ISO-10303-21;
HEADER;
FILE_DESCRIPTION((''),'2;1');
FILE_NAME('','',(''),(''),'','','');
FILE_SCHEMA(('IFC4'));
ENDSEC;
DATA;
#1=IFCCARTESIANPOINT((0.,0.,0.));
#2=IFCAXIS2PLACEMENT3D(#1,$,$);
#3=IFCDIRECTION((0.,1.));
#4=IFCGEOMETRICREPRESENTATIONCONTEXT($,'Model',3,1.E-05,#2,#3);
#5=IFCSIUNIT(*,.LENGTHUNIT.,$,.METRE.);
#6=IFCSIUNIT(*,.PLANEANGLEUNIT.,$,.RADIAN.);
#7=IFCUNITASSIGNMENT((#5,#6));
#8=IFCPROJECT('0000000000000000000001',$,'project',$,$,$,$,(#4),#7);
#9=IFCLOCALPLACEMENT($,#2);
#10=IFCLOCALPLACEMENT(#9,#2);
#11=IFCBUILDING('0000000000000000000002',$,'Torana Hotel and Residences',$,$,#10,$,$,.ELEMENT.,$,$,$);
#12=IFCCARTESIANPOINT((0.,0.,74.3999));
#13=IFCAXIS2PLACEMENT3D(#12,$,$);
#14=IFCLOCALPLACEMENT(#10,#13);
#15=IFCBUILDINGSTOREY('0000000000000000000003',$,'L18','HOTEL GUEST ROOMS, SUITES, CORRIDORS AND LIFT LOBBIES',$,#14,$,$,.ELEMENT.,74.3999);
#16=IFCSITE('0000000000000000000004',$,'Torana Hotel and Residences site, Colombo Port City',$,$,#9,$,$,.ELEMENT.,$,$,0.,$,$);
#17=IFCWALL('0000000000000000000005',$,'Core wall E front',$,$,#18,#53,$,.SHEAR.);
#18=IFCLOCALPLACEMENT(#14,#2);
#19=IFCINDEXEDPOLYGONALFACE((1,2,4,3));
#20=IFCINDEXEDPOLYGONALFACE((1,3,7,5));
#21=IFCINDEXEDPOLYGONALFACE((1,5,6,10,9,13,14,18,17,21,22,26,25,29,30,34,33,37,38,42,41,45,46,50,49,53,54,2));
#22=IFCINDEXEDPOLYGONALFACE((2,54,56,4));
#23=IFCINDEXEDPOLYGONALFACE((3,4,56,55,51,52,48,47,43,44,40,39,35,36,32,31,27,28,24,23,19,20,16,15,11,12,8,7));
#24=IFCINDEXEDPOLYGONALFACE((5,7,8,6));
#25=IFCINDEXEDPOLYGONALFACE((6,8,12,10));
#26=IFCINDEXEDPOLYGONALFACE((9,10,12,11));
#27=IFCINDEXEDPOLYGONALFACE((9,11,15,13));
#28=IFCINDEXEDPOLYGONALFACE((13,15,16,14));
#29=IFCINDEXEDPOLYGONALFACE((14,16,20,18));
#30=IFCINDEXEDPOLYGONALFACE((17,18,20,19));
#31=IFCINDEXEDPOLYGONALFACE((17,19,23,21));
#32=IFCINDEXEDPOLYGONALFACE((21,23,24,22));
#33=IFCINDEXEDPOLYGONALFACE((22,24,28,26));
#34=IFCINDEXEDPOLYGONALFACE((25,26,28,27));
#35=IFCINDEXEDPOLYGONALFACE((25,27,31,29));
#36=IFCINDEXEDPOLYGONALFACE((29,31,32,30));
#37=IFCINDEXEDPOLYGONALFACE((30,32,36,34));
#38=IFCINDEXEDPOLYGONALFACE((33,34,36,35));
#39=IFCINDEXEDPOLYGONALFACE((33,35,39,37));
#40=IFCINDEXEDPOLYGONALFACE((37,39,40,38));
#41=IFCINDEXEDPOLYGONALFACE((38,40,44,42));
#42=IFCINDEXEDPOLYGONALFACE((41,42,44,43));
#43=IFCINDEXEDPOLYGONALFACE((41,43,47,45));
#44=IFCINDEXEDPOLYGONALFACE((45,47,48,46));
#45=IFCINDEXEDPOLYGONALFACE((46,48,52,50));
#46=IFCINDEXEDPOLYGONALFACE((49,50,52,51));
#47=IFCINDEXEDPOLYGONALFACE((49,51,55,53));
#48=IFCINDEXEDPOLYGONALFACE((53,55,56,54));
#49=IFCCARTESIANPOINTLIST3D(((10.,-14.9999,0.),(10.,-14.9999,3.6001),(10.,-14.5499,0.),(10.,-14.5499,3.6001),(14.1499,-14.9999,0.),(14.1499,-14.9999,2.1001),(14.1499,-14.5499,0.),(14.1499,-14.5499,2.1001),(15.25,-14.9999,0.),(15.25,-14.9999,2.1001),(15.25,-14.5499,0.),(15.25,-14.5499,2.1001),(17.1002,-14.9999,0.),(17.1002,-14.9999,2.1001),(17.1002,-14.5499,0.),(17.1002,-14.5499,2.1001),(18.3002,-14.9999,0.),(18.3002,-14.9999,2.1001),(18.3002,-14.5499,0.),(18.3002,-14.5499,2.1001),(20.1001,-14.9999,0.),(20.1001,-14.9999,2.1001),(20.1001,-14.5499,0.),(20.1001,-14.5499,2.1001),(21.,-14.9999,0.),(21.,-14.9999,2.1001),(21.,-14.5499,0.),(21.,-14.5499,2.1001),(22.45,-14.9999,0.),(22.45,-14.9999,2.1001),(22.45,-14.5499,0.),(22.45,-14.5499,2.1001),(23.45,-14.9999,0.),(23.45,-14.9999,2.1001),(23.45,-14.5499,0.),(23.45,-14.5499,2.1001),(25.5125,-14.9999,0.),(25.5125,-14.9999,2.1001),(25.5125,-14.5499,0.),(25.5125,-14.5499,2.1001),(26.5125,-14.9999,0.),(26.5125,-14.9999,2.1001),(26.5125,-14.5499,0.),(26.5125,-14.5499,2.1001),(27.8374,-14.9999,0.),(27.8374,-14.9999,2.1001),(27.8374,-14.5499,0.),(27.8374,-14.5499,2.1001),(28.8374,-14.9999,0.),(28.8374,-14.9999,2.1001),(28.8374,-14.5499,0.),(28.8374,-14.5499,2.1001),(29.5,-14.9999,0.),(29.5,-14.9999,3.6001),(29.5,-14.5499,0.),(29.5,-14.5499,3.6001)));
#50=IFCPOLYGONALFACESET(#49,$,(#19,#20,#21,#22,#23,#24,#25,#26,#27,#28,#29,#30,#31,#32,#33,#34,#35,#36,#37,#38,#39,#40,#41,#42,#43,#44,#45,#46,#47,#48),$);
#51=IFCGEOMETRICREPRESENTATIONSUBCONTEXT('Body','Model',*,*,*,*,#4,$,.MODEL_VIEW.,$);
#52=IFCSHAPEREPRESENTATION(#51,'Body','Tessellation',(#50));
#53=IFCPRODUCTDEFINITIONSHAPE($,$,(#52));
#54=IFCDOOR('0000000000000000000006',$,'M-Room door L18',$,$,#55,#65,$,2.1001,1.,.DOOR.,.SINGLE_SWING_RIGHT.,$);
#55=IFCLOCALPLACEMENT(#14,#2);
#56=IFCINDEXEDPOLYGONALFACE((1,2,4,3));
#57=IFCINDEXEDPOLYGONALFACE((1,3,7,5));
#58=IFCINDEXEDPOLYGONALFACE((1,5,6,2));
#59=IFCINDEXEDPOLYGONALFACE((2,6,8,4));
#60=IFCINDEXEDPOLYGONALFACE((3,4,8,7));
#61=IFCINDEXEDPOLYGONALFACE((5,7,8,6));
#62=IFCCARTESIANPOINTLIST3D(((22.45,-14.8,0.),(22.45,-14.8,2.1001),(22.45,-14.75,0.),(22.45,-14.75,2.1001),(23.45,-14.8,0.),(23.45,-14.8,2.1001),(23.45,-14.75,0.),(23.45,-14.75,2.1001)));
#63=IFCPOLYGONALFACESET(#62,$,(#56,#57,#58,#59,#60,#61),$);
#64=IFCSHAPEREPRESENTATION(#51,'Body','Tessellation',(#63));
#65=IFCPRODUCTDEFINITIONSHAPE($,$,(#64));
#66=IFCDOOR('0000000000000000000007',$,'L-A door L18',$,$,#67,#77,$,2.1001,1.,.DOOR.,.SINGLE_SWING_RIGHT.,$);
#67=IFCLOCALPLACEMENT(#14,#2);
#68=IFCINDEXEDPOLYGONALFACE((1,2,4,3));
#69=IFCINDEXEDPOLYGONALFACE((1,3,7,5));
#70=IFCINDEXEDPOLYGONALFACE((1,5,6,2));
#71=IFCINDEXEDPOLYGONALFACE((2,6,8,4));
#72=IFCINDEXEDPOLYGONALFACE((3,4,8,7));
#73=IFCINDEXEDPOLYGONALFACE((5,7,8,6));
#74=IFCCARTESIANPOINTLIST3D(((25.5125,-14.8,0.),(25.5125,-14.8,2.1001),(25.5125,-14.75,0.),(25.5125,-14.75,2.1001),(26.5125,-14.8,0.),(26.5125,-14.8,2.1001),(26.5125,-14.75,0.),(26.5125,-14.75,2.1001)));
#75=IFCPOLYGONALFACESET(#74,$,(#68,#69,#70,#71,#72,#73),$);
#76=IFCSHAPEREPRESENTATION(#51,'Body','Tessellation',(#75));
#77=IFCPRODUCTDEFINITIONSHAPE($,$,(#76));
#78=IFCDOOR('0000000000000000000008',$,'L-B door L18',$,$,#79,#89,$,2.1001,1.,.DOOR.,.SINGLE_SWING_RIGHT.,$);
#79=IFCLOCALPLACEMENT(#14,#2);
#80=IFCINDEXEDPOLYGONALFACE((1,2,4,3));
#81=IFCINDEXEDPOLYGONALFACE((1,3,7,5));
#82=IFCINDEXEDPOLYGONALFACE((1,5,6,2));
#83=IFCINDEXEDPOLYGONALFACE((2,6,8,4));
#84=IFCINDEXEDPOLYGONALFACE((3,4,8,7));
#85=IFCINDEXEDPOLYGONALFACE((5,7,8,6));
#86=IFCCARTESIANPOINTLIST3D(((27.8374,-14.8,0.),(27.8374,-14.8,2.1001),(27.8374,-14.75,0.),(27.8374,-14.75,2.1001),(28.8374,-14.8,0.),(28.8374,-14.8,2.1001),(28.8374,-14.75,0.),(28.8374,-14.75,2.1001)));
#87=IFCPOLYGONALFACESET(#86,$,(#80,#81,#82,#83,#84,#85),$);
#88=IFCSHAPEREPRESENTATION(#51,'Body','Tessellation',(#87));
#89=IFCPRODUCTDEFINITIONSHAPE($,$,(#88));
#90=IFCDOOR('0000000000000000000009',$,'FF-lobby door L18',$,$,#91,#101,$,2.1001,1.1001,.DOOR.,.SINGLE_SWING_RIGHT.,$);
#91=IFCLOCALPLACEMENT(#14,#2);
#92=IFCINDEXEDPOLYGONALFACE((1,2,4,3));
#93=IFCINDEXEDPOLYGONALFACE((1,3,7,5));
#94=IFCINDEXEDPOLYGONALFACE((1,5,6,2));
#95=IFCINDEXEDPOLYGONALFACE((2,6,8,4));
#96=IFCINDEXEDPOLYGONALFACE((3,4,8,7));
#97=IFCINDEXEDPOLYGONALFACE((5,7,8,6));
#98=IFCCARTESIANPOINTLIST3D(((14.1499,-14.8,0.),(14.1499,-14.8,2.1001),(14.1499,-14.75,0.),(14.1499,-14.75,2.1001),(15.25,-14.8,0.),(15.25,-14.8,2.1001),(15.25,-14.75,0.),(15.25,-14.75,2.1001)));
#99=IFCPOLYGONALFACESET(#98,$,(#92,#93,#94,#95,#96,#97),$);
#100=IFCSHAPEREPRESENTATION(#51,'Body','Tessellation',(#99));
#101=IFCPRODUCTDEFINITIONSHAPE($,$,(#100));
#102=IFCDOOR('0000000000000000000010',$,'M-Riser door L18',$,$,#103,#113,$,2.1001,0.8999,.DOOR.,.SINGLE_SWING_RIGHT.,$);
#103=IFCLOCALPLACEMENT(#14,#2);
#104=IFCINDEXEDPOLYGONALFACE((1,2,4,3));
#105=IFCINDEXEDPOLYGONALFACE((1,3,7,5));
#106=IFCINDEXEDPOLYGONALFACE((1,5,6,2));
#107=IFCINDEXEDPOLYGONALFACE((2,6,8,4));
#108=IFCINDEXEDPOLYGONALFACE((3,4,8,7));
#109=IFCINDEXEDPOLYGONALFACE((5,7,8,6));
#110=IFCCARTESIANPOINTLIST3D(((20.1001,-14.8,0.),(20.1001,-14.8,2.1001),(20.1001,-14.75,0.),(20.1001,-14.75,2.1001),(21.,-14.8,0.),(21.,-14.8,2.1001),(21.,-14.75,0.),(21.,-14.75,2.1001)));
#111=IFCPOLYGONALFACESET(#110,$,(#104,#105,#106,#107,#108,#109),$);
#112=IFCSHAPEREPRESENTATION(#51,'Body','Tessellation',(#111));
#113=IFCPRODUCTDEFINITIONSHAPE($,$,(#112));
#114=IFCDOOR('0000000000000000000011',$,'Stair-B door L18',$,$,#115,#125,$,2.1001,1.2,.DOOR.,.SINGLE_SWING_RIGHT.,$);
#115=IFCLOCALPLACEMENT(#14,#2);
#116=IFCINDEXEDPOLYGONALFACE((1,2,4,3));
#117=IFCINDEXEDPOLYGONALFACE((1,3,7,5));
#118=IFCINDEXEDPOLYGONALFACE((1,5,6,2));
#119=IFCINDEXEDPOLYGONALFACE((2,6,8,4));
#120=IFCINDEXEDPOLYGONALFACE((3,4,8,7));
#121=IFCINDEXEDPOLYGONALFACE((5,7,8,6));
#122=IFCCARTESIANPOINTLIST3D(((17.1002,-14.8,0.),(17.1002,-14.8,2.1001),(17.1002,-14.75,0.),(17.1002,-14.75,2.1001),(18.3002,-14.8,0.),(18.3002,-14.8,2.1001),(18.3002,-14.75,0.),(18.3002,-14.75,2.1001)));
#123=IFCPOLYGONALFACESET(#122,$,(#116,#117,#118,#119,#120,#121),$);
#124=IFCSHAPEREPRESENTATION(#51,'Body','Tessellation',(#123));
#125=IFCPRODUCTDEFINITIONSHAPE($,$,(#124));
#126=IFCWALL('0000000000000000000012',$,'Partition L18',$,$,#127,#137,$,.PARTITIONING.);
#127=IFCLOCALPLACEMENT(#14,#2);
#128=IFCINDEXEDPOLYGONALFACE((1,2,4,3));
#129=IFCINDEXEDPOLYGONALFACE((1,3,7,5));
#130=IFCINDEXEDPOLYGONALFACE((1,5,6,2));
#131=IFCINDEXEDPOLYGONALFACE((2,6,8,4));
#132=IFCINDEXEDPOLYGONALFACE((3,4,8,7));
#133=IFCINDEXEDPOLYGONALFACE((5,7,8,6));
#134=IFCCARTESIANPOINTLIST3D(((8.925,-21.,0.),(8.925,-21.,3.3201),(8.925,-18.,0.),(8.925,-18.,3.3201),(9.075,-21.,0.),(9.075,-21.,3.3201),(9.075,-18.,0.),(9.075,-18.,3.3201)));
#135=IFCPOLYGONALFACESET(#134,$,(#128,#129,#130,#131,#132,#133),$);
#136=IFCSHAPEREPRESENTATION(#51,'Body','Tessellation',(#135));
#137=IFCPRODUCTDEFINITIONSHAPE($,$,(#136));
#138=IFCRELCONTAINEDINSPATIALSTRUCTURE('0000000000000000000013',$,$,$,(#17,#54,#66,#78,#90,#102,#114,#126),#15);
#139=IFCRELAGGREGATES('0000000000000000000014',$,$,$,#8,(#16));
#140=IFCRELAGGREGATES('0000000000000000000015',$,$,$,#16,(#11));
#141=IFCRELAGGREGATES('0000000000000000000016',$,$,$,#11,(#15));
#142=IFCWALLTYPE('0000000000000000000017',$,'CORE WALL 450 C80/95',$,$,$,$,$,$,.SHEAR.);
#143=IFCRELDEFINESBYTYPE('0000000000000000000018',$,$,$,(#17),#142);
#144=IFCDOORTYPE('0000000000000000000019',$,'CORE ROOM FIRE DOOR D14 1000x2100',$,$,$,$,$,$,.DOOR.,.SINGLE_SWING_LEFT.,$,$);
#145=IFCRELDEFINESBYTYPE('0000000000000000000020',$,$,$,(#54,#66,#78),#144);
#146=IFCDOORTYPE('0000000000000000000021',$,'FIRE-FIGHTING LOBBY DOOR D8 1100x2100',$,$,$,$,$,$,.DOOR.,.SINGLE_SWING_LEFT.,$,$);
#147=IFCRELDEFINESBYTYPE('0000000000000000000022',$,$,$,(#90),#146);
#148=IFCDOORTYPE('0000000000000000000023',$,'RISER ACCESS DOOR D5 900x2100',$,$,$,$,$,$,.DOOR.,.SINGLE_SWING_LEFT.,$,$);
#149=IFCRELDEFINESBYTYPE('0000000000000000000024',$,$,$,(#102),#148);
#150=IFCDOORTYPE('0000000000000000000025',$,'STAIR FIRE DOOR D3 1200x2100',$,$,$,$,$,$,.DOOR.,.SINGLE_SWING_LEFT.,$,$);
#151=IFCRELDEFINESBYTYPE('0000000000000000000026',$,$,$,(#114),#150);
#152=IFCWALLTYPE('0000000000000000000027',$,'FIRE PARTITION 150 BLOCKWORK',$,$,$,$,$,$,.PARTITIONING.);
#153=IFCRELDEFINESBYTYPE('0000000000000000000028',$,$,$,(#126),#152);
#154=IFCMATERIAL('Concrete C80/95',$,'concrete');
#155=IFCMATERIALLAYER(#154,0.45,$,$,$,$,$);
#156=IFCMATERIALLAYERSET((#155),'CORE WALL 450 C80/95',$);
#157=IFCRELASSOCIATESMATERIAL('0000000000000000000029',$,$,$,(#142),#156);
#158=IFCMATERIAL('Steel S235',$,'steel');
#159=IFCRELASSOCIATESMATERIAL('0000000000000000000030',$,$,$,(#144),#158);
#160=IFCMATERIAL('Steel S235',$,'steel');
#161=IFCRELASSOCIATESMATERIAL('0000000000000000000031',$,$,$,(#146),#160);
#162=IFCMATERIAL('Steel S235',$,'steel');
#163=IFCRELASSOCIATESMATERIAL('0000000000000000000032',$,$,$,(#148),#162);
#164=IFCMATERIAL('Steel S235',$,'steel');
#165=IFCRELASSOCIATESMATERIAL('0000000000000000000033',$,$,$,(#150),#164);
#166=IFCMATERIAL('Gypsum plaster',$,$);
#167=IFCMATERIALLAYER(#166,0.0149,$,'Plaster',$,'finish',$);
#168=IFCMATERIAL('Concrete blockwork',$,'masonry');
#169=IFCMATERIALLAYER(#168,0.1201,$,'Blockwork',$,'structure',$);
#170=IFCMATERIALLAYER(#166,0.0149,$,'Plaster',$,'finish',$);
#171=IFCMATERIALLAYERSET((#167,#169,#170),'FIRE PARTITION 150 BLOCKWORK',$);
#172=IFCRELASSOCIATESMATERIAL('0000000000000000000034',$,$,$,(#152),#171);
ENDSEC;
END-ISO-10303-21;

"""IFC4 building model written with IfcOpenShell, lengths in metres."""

from ifc_helpers import new_model, si_unit, direction, frame, frame_2d, origin, place, context, subcontext, project, spatial, rectangle, extrude, material, layer, layer_set, type_object, element, fill, save


model = new_model("IFC4")

# Units and contexts
model_context = context("Model", 3, precision=1e-05, world=origin(), true_north=direction((0.0, 1.0)))
body_context = subcontext(model_context, "Body", "Model", "MODEL_VIEW")
ifc_project = project(units=[si_unit("LENGTHUNIT", "METRE"), si_unit("PLANEANGLEUNIT", "RADIAN")], contexts=[model_context])

# Site, building, storey
site_placement = place(None, origin())
site = spatial("IfcSite", under=ifc_project, at=site_placement, Name="Torana Hotel and Residences site, Colombo Port City", CompositionType="ELEMENT", RefElevation=0.0)
building_placement = place(site_placement, origin())
building = spatial("IfcBuilding", under=site, at=building_placement, Name="Torana Hotel and Residences", CompositionType="ELEMENT")
storey_placement = place(building_placement, frame((0.0, 0.0, 74.3999)))
storey = spatial("IfcBuildingStorey", under=building, at=storey_placement, Name="L18", Description="HOTEL GUEST ROOMS, SUITES, CORRIDORS AND LIFT LOBBIES", CompositionType="ELEMENT", Elevation=74.3999)

# Wall, openings, doors
ifc_material_1 = material(Name="Concrete C80/95", Category="concrete")
ifc_layer_1 = layer(ifc_material_1, 0.45)
ifc_layer_set_1 = layer_set([ifc_layer_1], Name="CORE WALL 450 C80/95")
wall_type_1 = type_object("IfcWallType", Name="CORE WALL 450 C80/95", PredefinedType="SHEAR", material=ifc_layer_set_1)
wall_1_placement = place(storey_placement, frame((10.0, -14.7749, 0.0), z_axis=(0.0, 0.0, 1.0), x_axis=(1.0, 0.0, 0.0)))
wall_1 = element("IfcWall", 1, at=wall_1_placement, inside=storey, type_object=wall_type_1, Name="Core wall E front", PredefinedType="SHEAR", context=body_context, shape_type="SweptSolid", body=[
    extrude(rectangle(XDim=19.5, YDim=0.45, at=frame_2d((9.75, 0.0))), origin(), (0.0, 0.0, 1.0), 3.6001),
])
opening_1_placement = place(wall_1_placement, frame((7.1001, 0.0, 0.0)))
opening_1 = element("IfcOpeningElement", 2, at=opening_1_placement, cuts=wall_1, PredefinedType="OPENING", context=body_context, shape_type="SweptSolid", body=[
    extrude(rectangle(XDim=1.2, YDim=2.1001, at=frame_2d((0.6001, 1.05))), frame((0.0, 0.2349, 0.0), z_axis=(0.0, -1.0, 0.0), x_axis=(1.0, 0.0, 0.0)), (0.0, 0.0, 1.0), 0.47),
])
opening_2_placement = place(wall_1_placement, frame((4.1499, 0.0, 0.0)))
opening_2 = element("IfcOpeningElement", 3, at=opening_2_placement, cuts=wall_1, PredefinedType="OPENING", context=body_context, shape_type="SweptSolid", body=[
    extrude(rectangle(XDim=1.1001, YDim=2.1001, at=frame_2d((0.55, 1.05))), frame((0.0, 0.2349, 0.0), z_axis=(0.0, -1.0, 0.0), x_axis=(1.0, 0.0, 0.0)), (0.0, 0.0, 1.0), 0.47),
])
opening_3_placement = place(wall_1_placement, frame((10.1001, 0.0, 0.0)))
opening_3 = element("IfcOpeningElement", 4, at=opening_3_placement, cuts=wall_1, PredefinedType="OPENING", context=body_context, shape_type="SweptSolid", body=[
    extrude(rectangle(XDim=0.8999, YDim=2.1001, at=frame_2d((0.45, 1.05))), frame((0.0, 0.2349, 0.0), z_axis=(0.0, -1.0, 0.0), x_axis=(1.0, 0.0, 0.0)), (0.0, 0.0, 1.0), 0.47),
])
opening_4_placement = place(wall_1_placement, frame((12.45, 0.0, 0.0)))
opening_4 = element("IfcOpeningElement", 5, at=opening_4_placement, cuts=wall_1, PredefinedType="OPENING", context=body_context, shape_type="SweptSolid", body=[
    extrude(rectangle(XDim=1.0, YDim=2.1001, at=frame_2d((0.5, 1.05))), frame((0.0, 0.2349, 0.0), z_axis=(0.0, -1.0, 0.0), x_axis=(1.0, 0.0, 0.0)), (0.0, 0.0, 1.0), 0.47),
])
opening_5_placement = place(wall_1_placement, frame((15.5125, 0.0, 0.0)))
opening_5 = element("IfcOpeningElement", 6, at=opening_5_placement, cuts=wall_1, PredefinedType="OPENING", context=body_context, shape_type="SweptSolid", body=[
    extrude(rectangle(XDim=1.0, YDim=2.1001, at=frame_2d((0.5, 1.05))), frame((0.0, 0.2349, 0.0), z_axis=(0.0, -1.0, 0.0), x_axis=(1.0, 0.0, 0.0)), (0.0, 0.0, 1.0), 0.47),
])
opening_6_placement = place(wall_1_placement, frame((17.8374, 0.0, 0.0)))
opening_6 = element("IfcOpeningElement", 7, at=opening_6_placement, cuts=wall_1, PredefinedType="OPENING", context=body_context, shape_type="SweptSolid", body=[
    extrude(rectangle(XDim=1.0, YDim=2.1001, at=frame_2d((0.5, 1.05))), frame((0.0, 0.2349, 0.0), z_axis=(0.0, -1.0, 0.0), x_axis=(1.0, 0.0, 0.0)), (0.0, 0.0, 1.0), 0.47),
])
ifc_material_2 = material(Name="Steel S235", Category="steel")
door_type_1 = type_object("IfcDoorType", Name="CORE ROOM FIRE DOOR D14 1000x2100", OperationType="SINGLE_SWING_LEFT", PredefinedType="DOOR", material=ifc_material_2)
door_1_placement = place(opening_4_placement, origin())
door_1 = element("IfcDoor", 8, at=door_1_placement, inside=storey, type_object=door_type_1, Name="M-Room door L18", OperationType="SINGLE_SWING_RIGHT", OverallHeight=2.1001, OverallWidth=1.0, PredefinedType="DOOR", context=body_context, shape_type="SweptSolid", body=[
    extrude(rectangle(XDim=1.0, YDim=2.1001, at=frame_2d((0.5, 1.05))), frame((0.0, 0.0249, 0.0), z_axis=(0.0, -1.0, 0.0), x_axis=(1.0, 0.0, 0.0)), (0.0, 0.0, 1.0), 0.05),
])
fill(opening_4, door_1)
door_2_placement = place(opening_5_placement, origin())
door_2 = element("IfcDoor", 9, at=door_2_placement, inside=storey, type_object=door_type_1, Name="L-A door L18", OperationType="SINGLE_SWING_RIGHT", OverallHeight=2.1001, OverallWidth=1.0, PredefinedType="DOOR", context=body_context, shape_type="SweptSolid", body=[
    extrude(rectangle(XDim=1.0, YDim=2.1001, at=frame_2d((0.5, 1.05))), frame((0.0, 0.0249, 0.0), z_axis=(0.0, -1.0, 0.0), x_axis=(1.0, 0.0, 0.0)), (0.0, 0.0, 1.0), 0.05),
])
fill(opening_5, door_2)
door_3_placement = place(opening_6_placement, origin())
door_3 = element("IfcDoor", 10, at=door_3_placement, inside=storey, type_object=door_type_1, Name="L-B door L18", OperationType="SINGLE_SWING_RIGHT", OverallHeight=2.1001, OverallWidth=1.0, PredefinedType="DOOR", context=body_context, shape_type="SweptSolid", body=[
    extrude(rectangle(XDim=1.0, YDim=2.1001, at=frame_2d((0.5, 1.05))), frame((0.0, 0.0249, 0.0), z_axis=(0.0, -1.0, 0.0), x_axis=(1.0, 0.0, 0.0)), (0.0, 0.0, 1.0), 0.05),
])
fill(opening_6, door_3)
ifc_material_3 = material(Name="Steel S235", Category="steel")
door_type_2 = type_object("IfcDoorType", Name="FIRE-FIGHTING LOBBY DOOR D8 1100x2100", OperationType="SINGLE_SWING_LEFT", PredefinedType="DOOR", material=ifc_material_3)
door_4_placement = place(opening_2_placement, origin())
door_4 = element("IfcDoor", 11, at=door_4_placement, inside=storey, type_object=door_type_2, Name="FF-lobby door L18", OperationType="SINGLE_SWING_RIGHT", OverallHeight=2.1001, OverallWidth=1.1001, PredefinedType="DOOR", context=body_context, shape_type="SweptSolid", body=[
    extrude(rectangle(XDim=1.1001, YDim=2.1001, at=frame_2d((0.55, 1.05))), frame((0.0, 0.0249, 0.0), z_axis=(0.0, -1.0, 0.0), x_axis=(1.0, 0.0, 0.0)), (0.0, 0.0, 1.0), 0.05),
])
fill(opening_2, door_4)
ifc_material_4 = material(Name="Steel S235", Category="steel")
door_type_3 = type_object("IfcDoorType", Name="RISER ACCESS DOOR D5 900x2100", OperationType="SINGLE_SWING_LEFT", PredefinedType="DOOR", material=ifc_material_4)
door_5_placement = place(opening_3_placement, origin())
door_5 = element("IfcDoor", 12, at=door_5_placement, inside=storey, type_object=door_type_3, Name="M-Riser door L18", OperationType="SINGLE_SWING_RIGHT", OverallHeight=2.1001, OverallWidth=0.8999, PredefinedType="DOOR", context=body_context, shape_type="SweptSolid", body=[
    extrude(rectangle(XDim=0.8999, YDim=2.1001, at=frame_2d((0.45, 1.05))), frame((0.0, 0.0249, 0.0), z_axis=(0.0, -1.0, 0.0), x_axis=(1.0, 0.0, 0.0)), (0.0, 0.0, 1.0), 0.05),
])
fill(opening_3, door_5)
ifc_material_5 = material(Name="Steel S235", Category="steel")
door_type_4 = type_object("IfcDoorType", Name="STAIR FIRE DOOR D3 1200x2100", OperationType="SINGLE_SWING_LEFT", PredefinedType="DOOR", material=ifc_material_5)
door_6_placement = place(opening_1_placement, origin())
door_6 = element("IfcDoor", 13, at=door_6_placement, inside=storey, type_object=door_type_4, Name="Stair-B door L18", OperationType="SINGLE_SWING_RIGHT", OverallHeight=2.1001, OverallWidth=1.2, PredefinedType="DOOR", context=body_context, shape_type="SweptSolid", body=[
    extrude(rectangle(XDim=1.2, YDim=2.1001, at=frame_2d((0.6001, 1.05))), frame((0.0, 0.0249, 0.0), z_axis=(0.0, -1.0, 0.0), x_axis=(1.0, 0.0, 0.0)), (0.0, 0.0, 1.0), 0.05),
])
fill(opening_1, door_6)

# Wall
ifc_material_6 = material(Name="Gypsum plaster")
ifc_layer_2 = layer(ifc_material_6, 0.0149, Name="Plaster", Category="finish")
ifc_material_7 = material(Name="Concrete blockwork", Category="masonry")
ifc_layer_3 = layer(ifc_material_7, 0.1201, Name="Blockwork", Category="structure")
ifc_layer_4 = layer(ifc_material_6, 0.0149, Name="Plaster", Category="finish")
ifc_layer_set_2 = layer_set([ifc_layer_2, ifc_layer_3, ifc_layer_4], Name="FIRE PARTITION 150 BLOCKWORK")
wall_type_2 = type_object("IfcWallType", Name="FIRE PARTITION 150 BLOCKWORK", PredefinedType="PARTITIONING", material=ifc_layer_set_2)
wall_2_placement = place(storey_placement, frame((9.0, -21.0, 0.0), z_axis=(0.0, 0.0, 1.0), x_axis=(0.0, 1.0, 0.0)))
element("IfcWall", 14, at=wall_2_placement, inside=storey, type_object=wall_type_2, Name="Partition L18", PredefinedType="PARTITIONING", context=body_context, shape_type="SweptSolid", body=[
    extrude(rectangle(XDim=3.0, YDim=0.1499, at=frame_2d((1.5, 0.0))), origin(), (0.0, 0.0, 1.0), 3.3201),
])

save(model, "model.ifc")
